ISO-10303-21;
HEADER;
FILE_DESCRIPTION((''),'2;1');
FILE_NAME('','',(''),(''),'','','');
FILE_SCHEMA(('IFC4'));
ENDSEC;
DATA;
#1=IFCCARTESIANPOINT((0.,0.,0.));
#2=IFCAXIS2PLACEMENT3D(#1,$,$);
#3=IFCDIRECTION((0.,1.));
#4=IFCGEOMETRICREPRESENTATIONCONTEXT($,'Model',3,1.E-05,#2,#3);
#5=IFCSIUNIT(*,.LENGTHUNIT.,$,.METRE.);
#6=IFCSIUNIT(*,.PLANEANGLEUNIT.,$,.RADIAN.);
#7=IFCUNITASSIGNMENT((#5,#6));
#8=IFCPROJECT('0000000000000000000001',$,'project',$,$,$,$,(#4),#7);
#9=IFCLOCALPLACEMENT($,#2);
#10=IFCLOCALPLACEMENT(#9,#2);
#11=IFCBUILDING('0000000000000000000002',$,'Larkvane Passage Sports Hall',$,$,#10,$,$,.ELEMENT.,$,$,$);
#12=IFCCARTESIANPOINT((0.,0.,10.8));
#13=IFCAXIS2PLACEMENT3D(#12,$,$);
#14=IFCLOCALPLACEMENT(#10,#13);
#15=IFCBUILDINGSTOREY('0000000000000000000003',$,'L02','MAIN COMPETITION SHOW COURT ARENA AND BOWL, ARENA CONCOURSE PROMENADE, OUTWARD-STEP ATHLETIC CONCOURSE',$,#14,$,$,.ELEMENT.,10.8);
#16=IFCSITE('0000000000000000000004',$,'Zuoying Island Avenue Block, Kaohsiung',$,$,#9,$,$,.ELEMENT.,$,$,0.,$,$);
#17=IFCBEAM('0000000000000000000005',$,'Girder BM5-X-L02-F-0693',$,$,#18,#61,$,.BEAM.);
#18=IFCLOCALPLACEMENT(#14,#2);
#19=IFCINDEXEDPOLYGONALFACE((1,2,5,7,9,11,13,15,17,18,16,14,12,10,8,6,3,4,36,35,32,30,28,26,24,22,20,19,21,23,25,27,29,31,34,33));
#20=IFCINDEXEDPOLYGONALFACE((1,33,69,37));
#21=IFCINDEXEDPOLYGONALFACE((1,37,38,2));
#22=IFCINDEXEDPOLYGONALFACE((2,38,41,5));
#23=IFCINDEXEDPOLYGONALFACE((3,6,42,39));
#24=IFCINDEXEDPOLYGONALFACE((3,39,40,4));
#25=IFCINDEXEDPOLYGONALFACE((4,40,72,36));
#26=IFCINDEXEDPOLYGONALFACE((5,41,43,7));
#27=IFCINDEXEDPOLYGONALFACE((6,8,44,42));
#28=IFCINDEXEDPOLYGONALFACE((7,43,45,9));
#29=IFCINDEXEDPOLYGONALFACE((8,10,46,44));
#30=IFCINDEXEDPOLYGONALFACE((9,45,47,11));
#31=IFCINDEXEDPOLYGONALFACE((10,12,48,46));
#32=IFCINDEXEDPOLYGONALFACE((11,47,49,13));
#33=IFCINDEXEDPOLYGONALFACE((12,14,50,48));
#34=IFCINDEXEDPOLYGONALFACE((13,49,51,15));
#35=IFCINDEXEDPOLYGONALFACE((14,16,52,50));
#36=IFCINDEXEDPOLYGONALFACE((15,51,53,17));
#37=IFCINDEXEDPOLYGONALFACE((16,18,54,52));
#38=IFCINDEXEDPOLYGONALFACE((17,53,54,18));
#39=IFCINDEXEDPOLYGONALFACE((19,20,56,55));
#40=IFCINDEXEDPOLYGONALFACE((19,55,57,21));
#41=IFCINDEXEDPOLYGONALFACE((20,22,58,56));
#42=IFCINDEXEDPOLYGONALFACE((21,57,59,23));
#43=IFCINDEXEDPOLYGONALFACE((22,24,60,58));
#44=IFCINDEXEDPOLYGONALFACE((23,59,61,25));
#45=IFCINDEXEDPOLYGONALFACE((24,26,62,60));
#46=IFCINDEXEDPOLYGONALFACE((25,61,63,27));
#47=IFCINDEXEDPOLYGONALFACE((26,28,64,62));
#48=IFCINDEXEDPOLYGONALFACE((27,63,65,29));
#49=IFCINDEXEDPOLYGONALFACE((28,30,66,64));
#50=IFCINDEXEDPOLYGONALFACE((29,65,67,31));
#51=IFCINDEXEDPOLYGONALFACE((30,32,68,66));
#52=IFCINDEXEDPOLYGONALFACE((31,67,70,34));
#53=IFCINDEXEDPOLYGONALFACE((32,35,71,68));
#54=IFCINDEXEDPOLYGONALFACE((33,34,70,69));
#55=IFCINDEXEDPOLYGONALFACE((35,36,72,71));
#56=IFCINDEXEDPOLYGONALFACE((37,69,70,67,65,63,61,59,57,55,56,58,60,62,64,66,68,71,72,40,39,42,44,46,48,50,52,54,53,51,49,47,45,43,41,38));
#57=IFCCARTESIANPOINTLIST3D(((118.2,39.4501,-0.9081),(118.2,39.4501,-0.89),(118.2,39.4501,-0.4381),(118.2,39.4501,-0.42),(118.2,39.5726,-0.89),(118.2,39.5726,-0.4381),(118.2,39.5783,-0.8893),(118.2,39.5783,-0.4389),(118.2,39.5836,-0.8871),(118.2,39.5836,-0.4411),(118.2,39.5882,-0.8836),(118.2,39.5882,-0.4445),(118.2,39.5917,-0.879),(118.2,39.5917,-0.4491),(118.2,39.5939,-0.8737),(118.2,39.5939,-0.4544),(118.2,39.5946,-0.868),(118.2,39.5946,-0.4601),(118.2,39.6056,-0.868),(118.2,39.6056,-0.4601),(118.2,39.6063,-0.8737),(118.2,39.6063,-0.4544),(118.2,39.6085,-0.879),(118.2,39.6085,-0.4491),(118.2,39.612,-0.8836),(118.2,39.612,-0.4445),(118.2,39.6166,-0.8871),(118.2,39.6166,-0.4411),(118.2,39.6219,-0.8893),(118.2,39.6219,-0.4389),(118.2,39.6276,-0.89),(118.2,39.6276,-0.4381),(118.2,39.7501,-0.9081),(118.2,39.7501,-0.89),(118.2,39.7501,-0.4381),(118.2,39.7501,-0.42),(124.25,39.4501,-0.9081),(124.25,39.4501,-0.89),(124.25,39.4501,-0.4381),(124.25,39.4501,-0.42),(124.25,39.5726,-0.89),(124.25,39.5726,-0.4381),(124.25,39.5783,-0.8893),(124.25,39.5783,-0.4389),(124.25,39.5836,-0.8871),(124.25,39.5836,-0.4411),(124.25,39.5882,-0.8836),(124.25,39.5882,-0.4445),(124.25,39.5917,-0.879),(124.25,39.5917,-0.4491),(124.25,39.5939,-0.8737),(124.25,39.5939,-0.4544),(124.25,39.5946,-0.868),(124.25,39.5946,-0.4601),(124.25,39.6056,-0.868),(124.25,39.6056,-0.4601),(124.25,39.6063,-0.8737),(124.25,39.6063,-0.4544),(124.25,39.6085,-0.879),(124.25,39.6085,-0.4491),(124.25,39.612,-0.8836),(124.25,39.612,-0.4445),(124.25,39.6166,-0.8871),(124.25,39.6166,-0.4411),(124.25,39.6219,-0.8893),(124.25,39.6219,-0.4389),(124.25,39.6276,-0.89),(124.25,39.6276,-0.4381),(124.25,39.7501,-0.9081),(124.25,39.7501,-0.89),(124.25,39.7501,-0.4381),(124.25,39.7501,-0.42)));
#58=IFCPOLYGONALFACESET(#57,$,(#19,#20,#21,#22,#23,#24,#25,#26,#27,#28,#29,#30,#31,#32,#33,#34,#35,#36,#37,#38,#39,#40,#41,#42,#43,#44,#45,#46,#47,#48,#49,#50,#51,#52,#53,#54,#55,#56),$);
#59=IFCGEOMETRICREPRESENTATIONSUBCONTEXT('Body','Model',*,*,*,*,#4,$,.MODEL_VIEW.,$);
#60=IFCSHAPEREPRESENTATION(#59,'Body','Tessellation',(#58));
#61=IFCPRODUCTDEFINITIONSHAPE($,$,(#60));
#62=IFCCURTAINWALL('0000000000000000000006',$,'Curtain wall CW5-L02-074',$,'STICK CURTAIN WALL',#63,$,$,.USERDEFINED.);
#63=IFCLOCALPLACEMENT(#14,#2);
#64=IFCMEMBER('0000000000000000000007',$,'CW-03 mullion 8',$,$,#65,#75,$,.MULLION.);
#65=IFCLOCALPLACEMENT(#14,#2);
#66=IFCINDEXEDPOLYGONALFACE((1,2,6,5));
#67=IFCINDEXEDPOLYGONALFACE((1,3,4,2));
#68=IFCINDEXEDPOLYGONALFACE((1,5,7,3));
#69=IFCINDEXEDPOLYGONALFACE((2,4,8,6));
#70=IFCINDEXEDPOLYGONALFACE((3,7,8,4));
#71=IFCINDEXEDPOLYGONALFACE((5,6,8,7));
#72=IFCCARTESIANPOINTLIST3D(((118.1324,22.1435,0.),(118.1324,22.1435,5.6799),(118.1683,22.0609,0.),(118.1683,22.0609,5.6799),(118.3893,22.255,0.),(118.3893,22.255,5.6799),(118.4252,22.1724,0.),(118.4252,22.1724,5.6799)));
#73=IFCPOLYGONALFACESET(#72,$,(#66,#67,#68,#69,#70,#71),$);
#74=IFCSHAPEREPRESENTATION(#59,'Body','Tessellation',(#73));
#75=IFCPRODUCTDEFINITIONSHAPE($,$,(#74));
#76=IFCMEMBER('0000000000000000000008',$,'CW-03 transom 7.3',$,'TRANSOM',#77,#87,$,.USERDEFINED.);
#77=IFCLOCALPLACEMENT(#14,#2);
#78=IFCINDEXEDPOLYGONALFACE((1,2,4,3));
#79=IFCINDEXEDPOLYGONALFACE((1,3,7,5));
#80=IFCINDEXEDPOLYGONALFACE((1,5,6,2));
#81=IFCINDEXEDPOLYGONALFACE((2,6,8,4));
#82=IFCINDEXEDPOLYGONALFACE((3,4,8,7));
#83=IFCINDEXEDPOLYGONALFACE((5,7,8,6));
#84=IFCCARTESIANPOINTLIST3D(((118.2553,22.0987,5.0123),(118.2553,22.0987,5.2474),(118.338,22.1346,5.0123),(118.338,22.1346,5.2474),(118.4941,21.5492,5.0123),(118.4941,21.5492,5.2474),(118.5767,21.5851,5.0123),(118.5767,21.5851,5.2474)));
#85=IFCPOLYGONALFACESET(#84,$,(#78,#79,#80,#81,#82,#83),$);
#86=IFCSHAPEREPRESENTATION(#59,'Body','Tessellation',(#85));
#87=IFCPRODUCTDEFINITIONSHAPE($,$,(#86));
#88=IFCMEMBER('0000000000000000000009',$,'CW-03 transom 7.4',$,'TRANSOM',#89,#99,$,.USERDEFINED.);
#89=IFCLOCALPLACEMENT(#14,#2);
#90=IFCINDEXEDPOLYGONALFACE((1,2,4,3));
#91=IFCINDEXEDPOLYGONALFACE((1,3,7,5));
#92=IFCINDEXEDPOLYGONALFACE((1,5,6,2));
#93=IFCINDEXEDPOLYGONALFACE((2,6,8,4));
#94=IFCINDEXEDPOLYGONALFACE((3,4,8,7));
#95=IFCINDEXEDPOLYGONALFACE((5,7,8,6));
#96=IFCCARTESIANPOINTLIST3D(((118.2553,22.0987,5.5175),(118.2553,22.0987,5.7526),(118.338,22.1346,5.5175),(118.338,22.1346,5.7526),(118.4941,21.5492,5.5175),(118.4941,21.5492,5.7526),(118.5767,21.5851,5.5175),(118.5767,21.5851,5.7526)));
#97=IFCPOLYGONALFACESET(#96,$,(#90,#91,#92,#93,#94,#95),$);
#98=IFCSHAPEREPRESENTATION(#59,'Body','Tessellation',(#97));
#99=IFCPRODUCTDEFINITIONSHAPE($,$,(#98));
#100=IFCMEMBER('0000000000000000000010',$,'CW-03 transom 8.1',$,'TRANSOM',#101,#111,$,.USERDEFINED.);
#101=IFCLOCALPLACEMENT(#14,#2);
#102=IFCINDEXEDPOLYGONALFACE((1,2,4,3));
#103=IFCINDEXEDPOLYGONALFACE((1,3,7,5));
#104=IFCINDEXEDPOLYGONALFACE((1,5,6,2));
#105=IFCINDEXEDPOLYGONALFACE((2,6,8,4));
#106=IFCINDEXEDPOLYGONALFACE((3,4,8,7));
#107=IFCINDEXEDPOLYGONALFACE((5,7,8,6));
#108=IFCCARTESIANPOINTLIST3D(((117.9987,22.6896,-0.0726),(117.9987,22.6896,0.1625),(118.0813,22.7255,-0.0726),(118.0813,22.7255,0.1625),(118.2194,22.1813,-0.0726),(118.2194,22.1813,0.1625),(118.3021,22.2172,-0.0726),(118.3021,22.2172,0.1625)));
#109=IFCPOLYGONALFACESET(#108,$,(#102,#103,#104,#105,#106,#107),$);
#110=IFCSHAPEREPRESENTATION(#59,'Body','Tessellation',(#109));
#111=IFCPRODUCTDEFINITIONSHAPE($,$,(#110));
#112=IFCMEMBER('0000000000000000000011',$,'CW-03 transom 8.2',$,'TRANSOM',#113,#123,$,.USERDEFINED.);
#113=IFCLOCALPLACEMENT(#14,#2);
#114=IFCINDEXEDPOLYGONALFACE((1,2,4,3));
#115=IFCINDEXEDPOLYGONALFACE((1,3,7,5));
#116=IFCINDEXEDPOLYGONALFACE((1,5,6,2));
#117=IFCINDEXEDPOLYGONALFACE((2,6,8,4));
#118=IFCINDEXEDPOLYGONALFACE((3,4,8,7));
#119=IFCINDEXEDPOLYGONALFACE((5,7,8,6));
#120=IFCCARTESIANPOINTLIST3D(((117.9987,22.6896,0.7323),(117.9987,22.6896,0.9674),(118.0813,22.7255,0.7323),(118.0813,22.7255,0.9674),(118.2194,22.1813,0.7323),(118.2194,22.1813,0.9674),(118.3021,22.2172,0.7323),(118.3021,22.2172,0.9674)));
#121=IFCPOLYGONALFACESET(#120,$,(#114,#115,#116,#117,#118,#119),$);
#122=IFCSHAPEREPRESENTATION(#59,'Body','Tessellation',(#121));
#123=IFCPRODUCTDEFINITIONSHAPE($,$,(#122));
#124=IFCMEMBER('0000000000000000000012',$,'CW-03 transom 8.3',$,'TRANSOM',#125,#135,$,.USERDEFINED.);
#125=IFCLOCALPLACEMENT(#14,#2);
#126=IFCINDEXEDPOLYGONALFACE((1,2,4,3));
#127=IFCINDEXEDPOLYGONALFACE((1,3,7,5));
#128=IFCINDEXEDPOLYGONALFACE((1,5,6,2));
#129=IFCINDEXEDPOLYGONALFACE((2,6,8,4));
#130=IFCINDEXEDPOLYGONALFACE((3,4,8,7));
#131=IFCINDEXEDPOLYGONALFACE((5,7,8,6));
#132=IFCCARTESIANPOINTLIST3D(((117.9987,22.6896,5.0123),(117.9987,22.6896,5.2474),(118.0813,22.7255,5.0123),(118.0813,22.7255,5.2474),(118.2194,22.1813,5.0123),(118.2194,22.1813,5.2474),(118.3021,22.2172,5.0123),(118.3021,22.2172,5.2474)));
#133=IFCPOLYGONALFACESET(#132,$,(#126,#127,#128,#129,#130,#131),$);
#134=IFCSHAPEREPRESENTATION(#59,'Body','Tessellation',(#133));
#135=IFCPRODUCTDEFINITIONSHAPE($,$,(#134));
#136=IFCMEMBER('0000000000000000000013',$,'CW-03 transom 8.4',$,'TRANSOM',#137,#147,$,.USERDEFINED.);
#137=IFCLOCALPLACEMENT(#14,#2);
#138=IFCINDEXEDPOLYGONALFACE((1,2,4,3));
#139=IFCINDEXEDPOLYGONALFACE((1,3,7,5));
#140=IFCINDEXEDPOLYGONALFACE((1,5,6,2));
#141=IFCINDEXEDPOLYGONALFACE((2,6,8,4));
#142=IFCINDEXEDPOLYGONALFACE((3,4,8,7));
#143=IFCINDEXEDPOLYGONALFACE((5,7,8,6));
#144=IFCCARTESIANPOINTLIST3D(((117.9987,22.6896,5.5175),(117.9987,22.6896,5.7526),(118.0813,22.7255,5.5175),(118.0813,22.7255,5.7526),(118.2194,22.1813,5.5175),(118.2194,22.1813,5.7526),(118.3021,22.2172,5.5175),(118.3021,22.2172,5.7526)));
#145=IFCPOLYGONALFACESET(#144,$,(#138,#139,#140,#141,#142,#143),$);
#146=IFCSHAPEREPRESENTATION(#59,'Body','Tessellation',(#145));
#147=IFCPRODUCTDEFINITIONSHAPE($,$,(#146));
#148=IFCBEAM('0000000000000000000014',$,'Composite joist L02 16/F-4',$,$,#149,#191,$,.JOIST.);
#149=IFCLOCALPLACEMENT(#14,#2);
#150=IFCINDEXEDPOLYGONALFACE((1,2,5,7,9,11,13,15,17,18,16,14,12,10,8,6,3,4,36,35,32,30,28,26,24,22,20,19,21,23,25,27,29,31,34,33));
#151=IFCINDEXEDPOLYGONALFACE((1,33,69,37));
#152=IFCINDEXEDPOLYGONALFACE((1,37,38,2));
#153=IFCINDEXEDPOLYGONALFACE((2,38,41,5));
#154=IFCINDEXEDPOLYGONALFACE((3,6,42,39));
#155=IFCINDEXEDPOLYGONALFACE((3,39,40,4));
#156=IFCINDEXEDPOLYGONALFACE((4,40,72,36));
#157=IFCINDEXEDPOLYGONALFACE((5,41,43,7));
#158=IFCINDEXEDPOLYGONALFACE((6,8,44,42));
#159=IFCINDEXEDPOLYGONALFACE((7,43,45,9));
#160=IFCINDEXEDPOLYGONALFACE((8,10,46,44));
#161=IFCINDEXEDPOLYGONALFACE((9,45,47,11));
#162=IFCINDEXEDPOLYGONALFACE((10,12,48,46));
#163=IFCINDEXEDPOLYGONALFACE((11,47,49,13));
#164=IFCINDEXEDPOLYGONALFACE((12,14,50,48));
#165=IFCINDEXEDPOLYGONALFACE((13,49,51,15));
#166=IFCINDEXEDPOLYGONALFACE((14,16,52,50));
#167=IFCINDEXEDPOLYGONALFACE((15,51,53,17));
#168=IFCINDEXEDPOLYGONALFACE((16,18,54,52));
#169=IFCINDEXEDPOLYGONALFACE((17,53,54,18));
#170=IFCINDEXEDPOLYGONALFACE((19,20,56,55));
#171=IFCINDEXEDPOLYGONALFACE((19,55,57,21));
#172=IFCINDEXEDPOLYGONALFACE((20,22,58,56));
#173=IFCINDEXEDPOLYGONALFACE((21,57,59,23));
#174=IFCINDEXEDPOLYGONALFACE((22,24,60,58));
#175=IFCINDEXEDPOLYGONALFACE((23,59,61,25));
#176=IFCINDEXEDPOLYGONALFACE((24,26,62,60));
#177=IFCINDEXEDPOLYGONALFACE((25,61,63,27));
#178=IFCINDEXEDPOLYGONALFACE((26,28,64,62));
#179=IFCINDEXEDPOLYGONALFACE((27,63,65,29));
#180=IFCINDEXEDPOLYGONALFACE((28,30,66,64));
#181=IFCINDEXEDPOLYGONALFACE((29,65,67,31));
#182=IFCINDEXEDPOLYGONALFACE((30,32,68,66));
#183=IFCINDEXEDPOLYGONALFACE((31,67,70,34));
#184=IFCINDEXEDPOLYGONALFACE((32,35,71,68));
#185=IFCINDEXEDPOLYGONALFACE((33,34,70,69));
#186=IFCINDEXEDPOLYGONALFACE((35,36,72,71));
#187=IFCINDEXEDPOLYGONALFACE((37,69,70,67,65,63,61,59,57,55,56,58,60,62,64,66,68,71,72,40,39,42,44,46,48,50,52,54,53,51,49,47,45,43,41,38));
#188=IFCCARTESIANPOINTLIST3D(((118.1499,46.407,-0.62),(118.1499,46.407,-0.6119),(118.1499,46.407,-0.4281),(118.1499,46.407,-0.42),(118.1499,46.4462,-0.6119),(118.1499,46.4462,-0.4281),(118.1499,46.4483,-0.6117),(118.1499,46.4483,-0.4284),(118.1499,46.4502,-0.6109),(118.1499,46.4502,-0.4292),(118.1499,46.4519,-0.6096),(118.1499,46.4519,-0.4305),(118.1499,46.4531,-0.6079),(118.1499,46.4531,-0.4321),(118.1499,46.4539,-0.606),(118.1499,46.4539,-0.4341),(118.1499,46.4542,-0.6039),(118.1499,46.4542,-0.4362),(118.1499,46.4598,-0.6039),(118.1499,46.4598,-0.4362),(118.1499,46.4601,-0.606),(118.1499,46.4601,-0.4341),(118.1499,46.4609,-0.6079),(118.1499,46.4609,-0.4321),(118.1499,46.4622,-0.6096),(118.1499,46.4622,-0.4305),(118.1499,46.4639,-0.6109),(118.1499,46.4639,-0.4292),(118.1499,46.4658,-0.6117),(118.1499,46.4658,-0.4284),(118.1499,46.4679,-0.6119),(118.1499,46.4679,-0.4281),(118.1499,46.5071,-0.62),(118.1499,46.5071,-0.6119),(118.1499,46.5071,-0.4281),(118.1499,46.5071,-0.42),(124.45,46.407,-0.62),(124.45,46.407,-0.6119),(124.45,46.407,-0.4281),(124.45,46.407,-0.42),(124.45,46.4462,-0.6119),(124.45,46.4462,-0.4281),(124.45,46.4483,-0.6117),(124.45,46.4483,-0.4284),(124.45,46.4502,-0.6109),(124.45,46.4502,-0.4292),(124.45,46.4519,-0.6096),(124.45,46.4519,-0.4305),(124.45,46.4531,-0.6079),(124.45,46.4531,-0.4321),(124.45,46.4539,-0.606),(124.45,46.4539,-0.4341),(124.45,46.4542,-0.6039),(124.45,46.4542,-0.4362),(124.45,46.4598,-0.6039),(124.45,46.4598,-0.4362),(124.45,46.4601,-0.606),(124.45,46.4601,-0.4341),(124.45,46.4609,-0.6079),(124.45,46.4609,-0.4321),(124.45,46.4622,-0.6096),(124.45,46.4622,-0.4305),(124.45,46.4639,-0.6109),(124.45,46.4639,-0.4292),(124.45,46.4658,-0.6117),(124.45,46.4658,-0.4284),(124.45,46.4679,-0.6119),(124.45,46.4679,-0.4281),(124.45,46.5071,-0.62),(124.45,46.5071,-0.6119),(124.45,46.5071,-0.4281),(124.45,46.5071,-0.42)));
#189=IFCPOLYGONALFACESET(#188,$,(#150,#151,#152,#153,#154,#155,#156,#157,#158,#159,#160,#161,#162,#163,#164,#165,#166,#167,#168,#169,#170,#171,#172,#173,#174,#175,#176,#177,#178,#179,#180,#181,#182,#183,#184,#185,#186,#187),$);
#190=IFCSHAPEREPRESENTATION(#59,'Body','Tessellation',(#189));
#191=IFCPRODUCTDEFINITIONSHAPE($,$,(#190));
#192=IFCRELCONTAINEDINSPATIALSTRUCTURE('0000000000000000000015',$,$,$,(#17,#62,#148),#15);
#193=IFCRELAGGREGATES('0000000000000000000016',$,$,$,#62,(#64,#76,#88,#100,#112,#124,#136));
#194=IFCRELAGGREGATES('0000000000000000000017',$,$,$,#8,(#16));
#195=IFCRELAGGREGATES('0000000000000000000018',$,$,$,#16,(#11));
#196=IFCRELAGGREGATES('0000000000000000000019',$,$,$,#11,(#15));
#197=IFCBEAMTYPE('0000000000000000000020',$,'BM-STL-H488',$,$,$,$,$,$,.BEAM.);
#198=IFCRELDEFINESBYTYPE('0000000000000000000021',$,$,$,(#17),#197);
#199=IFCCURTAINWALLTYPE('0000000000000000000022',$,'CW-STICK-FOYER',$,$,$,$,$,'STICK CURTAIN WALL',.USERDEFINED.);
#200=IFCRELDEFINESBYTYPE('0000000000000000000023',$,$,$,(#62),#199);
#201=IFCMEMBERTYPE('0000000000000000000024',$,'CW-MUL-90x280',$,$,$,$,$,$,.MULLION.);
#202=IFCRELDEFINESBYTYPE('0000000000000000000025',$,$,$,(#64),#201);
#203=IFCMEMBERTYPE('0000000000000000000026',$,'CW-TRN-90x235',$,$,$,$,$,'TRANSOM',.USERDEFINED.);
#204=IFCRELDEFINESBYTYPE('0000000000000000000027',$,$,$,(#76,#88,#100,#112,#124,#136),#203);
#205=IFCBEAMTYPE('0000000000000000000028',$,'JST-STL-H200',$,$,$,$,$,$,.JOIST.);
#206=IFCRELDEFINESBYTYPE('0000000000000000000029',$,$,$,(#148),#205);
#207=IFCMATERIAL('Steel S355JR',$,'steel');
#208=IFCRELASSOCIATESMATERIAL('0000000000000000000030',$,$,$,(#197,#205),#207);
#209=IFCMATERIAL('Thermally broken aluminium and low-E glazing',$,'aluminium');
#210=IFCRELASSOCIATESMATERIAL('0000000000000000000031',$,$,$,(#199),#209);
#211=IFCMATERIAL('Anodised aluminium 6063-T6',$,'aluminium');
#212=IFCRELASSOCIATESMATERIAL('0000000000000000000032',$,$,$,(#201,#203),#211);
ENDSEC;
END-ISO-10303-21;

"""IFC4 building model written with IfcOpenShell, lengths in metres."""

from ifc_helpers import new_model, si_unit, direction, frame, origin, origin_2d, place, context, subcontext, project, spatial, rectangle, i_section, extrude, material, material_profile, profile_set, type_object, element, aggregate, save


model = new_model("IFC4")

# Units and contexts
model_context = context("Model", 3, precision=1e-05, world=origin(), true_north=direction((0.0, 1.0)))
body_context = subcontext(model_context, "Body", "Model", "MODEL_VIEW")
ifc_project = project(units=[si_unit("LENGTHUNIT", "METRE"), si_unit("PLANEANGLEUNIT", "RADIAN")], contexts=[model_context])

# Site, building, storey
site_placement = place(None, origin())
site = spatial("IfcSite", under=ifc_project, at=site_placement, Name="Zuoying Island Avenue Block, Kaohsiung", CompositionType="ELEMENT", RefElevation=0.0)
building_placement = place(site_placement, origin())
building = spatial("IfcBuilding", under=site, at=building_placement, Name="Larkvane Passage Sports Hall", CompositionType="ELEMENT")
storey_placement = place(building_placement, frame((0.0, 0.0, 10.8)))
storey = spatial("IfcBuildingStorey", under=building, at=storey_placement, Name="L02", Description="MAIN COMPETITION SHOW COURT ARENA AND BOWL, ARENA CONCOURSE PROMENADE, OUTWARD-STEP ATHLETIC CONCOURSE", CompositionType="ELEMENT", Elevation=10.8)

# Beam
ifc_material_1 = material(Name="Steel S355JR", Category="steel")
ifc_material_profile_1 = material_profile(ifc_material_1, i_section(OverallWidth=0.3, OverallDepth=0.488, WebThickness=0.011, FlangeThickness=0.0181, FilletRadius=0.022, at=origin_2d()), Name="H-488x300x11x18")
ifc_profile_set_1 = profile_set([ifc_material_profile_1], Name="Steel S355JR")
beam_type_1 = type_object("IfcBeamType", Name="BM-STL-H488", PredefinedType="BEAM", material=ifc_profile_set_1)
beam_1_placement = place(storey_placement, frame((118.2, 39.6001, -0.6641), z_axis=(1.0, 0.0, 0.0), x_axis=(0.0, 1.0, 0.0)))
element("IfcBeam", 1, at=beam_1_placement, inside=storey, type_object=beam_type_1, Name="Girder BM5-X-L02-F-0693", PredefinedType="BEAM", context=body_context, shape_type="SweptSolid", body=[
    extrude(i_section(OverallWidth=0.3, OverallDepth=0.488, WebThickness=0.011, FlangeThickness=0.0181, FilletRadius=0.022, at=origin_2d()), origin(), (0.0, 0.0, 1.0), 6.05),
])

# Curtain wall, members
ifc_material_2 = material(Name="Thermally broken aluminium and low-E glazing", Category="aluminium")
curtain_wall_type = type_object("IfcCurtainWallType", Name="CW-STICK-FOYER", ElementType="STICK CURTAIN WALL", PredefinedType="USERDEFINED", material=ifc_material_2)
curtain_wall_placement = place(storey_placement, origin())
curtain_wall = element("IfcCurtainWall", 2, at=curtain_wall_placement, inside=storey, type_object=curtain_wall_type, Name="Curtain wall CW5-L02-074", ObjectType="STICK CURTAIN WALL", PredefinedType="USERDEFINED")
ifc_material_3 = material(Name="Anodised aluminium 6063-T6", Category="aluminium")
ifc_material_profile_2 = material_profile(ifc_material_3, rectangle(XDim=0.0901, YDim=0.28, at=origin_2d()), Name="ALU-MUL-90x280")
ifc_profile_set_2 = profile_set([ifc_material_profile_2], Name="Anodised aluminium 6063-T6")
member_type_1 = type_object("IfcMemberType", Name="CW-MUL-90x280", PredefinedType="MULLION", material=ifc_profile_set_2)
member_1_placement = place(storey_placement, frame((118.2788, 22.158, 0.0), z_axis=(0.0, 0.0, 1.0), x_axis=(-0.398289, 0.91726, 0.0)))
member_1 = element("IfcMember", 3, at=member_1_placement, type_object=member_type_1, Name="CW-03 mullion 8", PredefinedType="MULLION", context=body_context, shape_type="SweptSolid", body=[
    extrude(rectangle(XDim=0.0901, YDim=0.28, at=origin_2d()), origin(), (0.0, 0.0, 1.0), 5.6799),
])
ifc_material_profile_3 = material_profile(ifc_material_3, rectangle(XDim=0.0901, YDim=0.2351, at=origin_2d()), Name="ALU-TRN-90x235")
ifc_profile_set_3 = profile_set([ifc_material_profile_3], Name="Anodised aluminium 6063-T6")
member_type_2 = type_object("IfcMemberType", Name="CW-TRN-90x235", ElementType="TRANSOM", PredefinedType="USERDEFINED", material=ifc_profile_set_3)
member_2_placement = place(storey_placement, frame((118.5354, 21.5671, 5.1299), z_axis=(-0.398488, 0.917174, 0.0), x_axis=(-0.917174, -0.398488, 0.0)))
member_2 = element("IfcMember", 4, at=member_2_placement, type_object=member_type_2, Name="CW-03 transom 7.3", ObjectType="TRANSOM", PredefinedType="USERDEFINED", context=body_context, shape_type="SweptSolid", body=[
    extrude(rectangle(XDim=0.0901, YDim=0.2351, at=origin_2d()), origin(), (0.0, 0.0, 1.0), 0.5991),
])
member_3_placement = place(storey_placement, frame((118.5354, 21.5671, 5.635), z_axis=(-0.398488, 0.917174, 0.0), x_axis=(-0.917174, -0.398488, 0.0)))
member_3 = element("IfcMember", 5, at=member_3_placement, type_object=member_type_2, Name="CW-03 transom 7.4", ObjectType="TRANSOM", PredefinedType="USERDEFINED", context=body_context, shape_type="SweptSolid", body=[
    extrude(rectangle(XDim=0.0901, YDim=0.2351, at=origin_2d()), origin(), (0.0, 0.0, 1.0), 0.5991),
])
member_4_placement = place(storey_placement, frame((118.2607, 22.1992, 0.0449), z_axis=(-0.398275, 0.917266, 0.0), x_axis=(-0.917266, -0.398275, 0.0)))
member_4 = element("IfcMember", 6, at=member_4_placement, type_object=member_type_2, Name="CW-03 transom 8.1", ObjectType="TRANSOM", PredefinedType="USERDEFINED", context=body_context, shape_type="SweptSolid", body=[
    extrude(rectangle(XDim=0.0901, YDim=0.2351, at=origin_2d()), origin(), (0.0, 0.0, 1.0), 0.5542),
])
member_5_placement = place(storey_placement, frame((118.2607, 22.1992, 0.8499), z_axis=(-0.398275, 0.917266, 0.0), x_axis=(-0.917266, -0.398275, 0.0)))
member_5 = element("IfcMember", 7, at=member_5_placement, type_object=member_type_2, Name="CW-03 transom 8.2", ObjectType="TRANSOM", PredefinedType="USERDEFINED", context=body_context, shape_type="SweptSolid", body=[
    extrude(rectangle(XDim=0.0901, YDim=0.2351, at=origin_2d()), origin(), (0.0, 0.0, 1.0), 0.5542),
])
member_6_placement = place(storey_placement, frame((118.2607, 22.1992, 5.1299), z_axis=(-0.398275, 0.917266, 0.0), x_axis=(-0.917266, -0.398275, 0.0)))
member_6 = element("IfcMember", 8, at=member_6_placement, type_object=member_type_2, Name="CW-03 transom 8.3", ObjectType="TRANSOM", PredefinedType="USERDEFINED", context=body_context, shape_type="SweptSolid", body=[
    extrude(rectangle(XDim=0.0901, YDim=0.2351, at=origin_2d()), origin(), (0.0, 0.0, 1.0), 0.5542),
])
member_7_placement = place(storey_placement, frame((118.2607, 22.1992, 5.635), z_axis=(-0.398275, 0.917266, 0.0), x_axis=(-0.917266, -0.398275, 0.0)))
member_7 = element("IfcMember", 9, at=member_7_placement, type_object=member_type_2, Name="CW-03 transom 8.4", ObjectType="TRANSOM", PredefinedType="USERDEFINED", context=body_context, shape_type="SweptSolid", body=[
    extrude(rectangle(XDim=0.0901, YDim=0.2351, at=origin_2d()), origin(), (0.0, 0.0, 1.0), 0.5542),
])

# Beam
ifc_material_profile_4 = material_profile(ifc_material_1, i_section(OverallWidth=0.1001, OverallDepth=0.2, WebThickness=0.0056, FlangeThickness=0.0081, FilletRadius=0.0081, at=origin_2d()), Name="H-200x100x5.5x8")
ifc_profile_set_4 = profile_set([ifc_material_profile_4], Name="Steel S355JR")
beam_type_2 = type_object("IfcBeamType", Name="JST-STL-H200", PredefinedType="JOIST", material=ifc_profile_set_4)
beam_2_placement = place(storey_placement, frame((118.1499, 46.457, -0.52), z_axis=(1.0, 0.0, 0.0), x_axis=(0.0, 1.0, 0.0)))
element("IfcBeam", 10, at=beam_2_placement, inside=storey, type_object=beam_type_2, Name="Composite joist L02 16/F-4", PredefinedType="JOIST", context=body_context, shape_type="SweptSolid", body=[
    extrude(i_section(OverallWidth=0.1001, OverallDepth=0.2, WebThickness=0.0056, FlangeThickness=0.0081, FilletRadius=0.0081, at=origin_2d()), origin(), (0.0, 0.0, 1.0), 6.3),
])

aggregate(curtain_wall, [member_1, member_2, member_3, member_4, member_5, member_6, member_7])

save(model, "model.ifc")
